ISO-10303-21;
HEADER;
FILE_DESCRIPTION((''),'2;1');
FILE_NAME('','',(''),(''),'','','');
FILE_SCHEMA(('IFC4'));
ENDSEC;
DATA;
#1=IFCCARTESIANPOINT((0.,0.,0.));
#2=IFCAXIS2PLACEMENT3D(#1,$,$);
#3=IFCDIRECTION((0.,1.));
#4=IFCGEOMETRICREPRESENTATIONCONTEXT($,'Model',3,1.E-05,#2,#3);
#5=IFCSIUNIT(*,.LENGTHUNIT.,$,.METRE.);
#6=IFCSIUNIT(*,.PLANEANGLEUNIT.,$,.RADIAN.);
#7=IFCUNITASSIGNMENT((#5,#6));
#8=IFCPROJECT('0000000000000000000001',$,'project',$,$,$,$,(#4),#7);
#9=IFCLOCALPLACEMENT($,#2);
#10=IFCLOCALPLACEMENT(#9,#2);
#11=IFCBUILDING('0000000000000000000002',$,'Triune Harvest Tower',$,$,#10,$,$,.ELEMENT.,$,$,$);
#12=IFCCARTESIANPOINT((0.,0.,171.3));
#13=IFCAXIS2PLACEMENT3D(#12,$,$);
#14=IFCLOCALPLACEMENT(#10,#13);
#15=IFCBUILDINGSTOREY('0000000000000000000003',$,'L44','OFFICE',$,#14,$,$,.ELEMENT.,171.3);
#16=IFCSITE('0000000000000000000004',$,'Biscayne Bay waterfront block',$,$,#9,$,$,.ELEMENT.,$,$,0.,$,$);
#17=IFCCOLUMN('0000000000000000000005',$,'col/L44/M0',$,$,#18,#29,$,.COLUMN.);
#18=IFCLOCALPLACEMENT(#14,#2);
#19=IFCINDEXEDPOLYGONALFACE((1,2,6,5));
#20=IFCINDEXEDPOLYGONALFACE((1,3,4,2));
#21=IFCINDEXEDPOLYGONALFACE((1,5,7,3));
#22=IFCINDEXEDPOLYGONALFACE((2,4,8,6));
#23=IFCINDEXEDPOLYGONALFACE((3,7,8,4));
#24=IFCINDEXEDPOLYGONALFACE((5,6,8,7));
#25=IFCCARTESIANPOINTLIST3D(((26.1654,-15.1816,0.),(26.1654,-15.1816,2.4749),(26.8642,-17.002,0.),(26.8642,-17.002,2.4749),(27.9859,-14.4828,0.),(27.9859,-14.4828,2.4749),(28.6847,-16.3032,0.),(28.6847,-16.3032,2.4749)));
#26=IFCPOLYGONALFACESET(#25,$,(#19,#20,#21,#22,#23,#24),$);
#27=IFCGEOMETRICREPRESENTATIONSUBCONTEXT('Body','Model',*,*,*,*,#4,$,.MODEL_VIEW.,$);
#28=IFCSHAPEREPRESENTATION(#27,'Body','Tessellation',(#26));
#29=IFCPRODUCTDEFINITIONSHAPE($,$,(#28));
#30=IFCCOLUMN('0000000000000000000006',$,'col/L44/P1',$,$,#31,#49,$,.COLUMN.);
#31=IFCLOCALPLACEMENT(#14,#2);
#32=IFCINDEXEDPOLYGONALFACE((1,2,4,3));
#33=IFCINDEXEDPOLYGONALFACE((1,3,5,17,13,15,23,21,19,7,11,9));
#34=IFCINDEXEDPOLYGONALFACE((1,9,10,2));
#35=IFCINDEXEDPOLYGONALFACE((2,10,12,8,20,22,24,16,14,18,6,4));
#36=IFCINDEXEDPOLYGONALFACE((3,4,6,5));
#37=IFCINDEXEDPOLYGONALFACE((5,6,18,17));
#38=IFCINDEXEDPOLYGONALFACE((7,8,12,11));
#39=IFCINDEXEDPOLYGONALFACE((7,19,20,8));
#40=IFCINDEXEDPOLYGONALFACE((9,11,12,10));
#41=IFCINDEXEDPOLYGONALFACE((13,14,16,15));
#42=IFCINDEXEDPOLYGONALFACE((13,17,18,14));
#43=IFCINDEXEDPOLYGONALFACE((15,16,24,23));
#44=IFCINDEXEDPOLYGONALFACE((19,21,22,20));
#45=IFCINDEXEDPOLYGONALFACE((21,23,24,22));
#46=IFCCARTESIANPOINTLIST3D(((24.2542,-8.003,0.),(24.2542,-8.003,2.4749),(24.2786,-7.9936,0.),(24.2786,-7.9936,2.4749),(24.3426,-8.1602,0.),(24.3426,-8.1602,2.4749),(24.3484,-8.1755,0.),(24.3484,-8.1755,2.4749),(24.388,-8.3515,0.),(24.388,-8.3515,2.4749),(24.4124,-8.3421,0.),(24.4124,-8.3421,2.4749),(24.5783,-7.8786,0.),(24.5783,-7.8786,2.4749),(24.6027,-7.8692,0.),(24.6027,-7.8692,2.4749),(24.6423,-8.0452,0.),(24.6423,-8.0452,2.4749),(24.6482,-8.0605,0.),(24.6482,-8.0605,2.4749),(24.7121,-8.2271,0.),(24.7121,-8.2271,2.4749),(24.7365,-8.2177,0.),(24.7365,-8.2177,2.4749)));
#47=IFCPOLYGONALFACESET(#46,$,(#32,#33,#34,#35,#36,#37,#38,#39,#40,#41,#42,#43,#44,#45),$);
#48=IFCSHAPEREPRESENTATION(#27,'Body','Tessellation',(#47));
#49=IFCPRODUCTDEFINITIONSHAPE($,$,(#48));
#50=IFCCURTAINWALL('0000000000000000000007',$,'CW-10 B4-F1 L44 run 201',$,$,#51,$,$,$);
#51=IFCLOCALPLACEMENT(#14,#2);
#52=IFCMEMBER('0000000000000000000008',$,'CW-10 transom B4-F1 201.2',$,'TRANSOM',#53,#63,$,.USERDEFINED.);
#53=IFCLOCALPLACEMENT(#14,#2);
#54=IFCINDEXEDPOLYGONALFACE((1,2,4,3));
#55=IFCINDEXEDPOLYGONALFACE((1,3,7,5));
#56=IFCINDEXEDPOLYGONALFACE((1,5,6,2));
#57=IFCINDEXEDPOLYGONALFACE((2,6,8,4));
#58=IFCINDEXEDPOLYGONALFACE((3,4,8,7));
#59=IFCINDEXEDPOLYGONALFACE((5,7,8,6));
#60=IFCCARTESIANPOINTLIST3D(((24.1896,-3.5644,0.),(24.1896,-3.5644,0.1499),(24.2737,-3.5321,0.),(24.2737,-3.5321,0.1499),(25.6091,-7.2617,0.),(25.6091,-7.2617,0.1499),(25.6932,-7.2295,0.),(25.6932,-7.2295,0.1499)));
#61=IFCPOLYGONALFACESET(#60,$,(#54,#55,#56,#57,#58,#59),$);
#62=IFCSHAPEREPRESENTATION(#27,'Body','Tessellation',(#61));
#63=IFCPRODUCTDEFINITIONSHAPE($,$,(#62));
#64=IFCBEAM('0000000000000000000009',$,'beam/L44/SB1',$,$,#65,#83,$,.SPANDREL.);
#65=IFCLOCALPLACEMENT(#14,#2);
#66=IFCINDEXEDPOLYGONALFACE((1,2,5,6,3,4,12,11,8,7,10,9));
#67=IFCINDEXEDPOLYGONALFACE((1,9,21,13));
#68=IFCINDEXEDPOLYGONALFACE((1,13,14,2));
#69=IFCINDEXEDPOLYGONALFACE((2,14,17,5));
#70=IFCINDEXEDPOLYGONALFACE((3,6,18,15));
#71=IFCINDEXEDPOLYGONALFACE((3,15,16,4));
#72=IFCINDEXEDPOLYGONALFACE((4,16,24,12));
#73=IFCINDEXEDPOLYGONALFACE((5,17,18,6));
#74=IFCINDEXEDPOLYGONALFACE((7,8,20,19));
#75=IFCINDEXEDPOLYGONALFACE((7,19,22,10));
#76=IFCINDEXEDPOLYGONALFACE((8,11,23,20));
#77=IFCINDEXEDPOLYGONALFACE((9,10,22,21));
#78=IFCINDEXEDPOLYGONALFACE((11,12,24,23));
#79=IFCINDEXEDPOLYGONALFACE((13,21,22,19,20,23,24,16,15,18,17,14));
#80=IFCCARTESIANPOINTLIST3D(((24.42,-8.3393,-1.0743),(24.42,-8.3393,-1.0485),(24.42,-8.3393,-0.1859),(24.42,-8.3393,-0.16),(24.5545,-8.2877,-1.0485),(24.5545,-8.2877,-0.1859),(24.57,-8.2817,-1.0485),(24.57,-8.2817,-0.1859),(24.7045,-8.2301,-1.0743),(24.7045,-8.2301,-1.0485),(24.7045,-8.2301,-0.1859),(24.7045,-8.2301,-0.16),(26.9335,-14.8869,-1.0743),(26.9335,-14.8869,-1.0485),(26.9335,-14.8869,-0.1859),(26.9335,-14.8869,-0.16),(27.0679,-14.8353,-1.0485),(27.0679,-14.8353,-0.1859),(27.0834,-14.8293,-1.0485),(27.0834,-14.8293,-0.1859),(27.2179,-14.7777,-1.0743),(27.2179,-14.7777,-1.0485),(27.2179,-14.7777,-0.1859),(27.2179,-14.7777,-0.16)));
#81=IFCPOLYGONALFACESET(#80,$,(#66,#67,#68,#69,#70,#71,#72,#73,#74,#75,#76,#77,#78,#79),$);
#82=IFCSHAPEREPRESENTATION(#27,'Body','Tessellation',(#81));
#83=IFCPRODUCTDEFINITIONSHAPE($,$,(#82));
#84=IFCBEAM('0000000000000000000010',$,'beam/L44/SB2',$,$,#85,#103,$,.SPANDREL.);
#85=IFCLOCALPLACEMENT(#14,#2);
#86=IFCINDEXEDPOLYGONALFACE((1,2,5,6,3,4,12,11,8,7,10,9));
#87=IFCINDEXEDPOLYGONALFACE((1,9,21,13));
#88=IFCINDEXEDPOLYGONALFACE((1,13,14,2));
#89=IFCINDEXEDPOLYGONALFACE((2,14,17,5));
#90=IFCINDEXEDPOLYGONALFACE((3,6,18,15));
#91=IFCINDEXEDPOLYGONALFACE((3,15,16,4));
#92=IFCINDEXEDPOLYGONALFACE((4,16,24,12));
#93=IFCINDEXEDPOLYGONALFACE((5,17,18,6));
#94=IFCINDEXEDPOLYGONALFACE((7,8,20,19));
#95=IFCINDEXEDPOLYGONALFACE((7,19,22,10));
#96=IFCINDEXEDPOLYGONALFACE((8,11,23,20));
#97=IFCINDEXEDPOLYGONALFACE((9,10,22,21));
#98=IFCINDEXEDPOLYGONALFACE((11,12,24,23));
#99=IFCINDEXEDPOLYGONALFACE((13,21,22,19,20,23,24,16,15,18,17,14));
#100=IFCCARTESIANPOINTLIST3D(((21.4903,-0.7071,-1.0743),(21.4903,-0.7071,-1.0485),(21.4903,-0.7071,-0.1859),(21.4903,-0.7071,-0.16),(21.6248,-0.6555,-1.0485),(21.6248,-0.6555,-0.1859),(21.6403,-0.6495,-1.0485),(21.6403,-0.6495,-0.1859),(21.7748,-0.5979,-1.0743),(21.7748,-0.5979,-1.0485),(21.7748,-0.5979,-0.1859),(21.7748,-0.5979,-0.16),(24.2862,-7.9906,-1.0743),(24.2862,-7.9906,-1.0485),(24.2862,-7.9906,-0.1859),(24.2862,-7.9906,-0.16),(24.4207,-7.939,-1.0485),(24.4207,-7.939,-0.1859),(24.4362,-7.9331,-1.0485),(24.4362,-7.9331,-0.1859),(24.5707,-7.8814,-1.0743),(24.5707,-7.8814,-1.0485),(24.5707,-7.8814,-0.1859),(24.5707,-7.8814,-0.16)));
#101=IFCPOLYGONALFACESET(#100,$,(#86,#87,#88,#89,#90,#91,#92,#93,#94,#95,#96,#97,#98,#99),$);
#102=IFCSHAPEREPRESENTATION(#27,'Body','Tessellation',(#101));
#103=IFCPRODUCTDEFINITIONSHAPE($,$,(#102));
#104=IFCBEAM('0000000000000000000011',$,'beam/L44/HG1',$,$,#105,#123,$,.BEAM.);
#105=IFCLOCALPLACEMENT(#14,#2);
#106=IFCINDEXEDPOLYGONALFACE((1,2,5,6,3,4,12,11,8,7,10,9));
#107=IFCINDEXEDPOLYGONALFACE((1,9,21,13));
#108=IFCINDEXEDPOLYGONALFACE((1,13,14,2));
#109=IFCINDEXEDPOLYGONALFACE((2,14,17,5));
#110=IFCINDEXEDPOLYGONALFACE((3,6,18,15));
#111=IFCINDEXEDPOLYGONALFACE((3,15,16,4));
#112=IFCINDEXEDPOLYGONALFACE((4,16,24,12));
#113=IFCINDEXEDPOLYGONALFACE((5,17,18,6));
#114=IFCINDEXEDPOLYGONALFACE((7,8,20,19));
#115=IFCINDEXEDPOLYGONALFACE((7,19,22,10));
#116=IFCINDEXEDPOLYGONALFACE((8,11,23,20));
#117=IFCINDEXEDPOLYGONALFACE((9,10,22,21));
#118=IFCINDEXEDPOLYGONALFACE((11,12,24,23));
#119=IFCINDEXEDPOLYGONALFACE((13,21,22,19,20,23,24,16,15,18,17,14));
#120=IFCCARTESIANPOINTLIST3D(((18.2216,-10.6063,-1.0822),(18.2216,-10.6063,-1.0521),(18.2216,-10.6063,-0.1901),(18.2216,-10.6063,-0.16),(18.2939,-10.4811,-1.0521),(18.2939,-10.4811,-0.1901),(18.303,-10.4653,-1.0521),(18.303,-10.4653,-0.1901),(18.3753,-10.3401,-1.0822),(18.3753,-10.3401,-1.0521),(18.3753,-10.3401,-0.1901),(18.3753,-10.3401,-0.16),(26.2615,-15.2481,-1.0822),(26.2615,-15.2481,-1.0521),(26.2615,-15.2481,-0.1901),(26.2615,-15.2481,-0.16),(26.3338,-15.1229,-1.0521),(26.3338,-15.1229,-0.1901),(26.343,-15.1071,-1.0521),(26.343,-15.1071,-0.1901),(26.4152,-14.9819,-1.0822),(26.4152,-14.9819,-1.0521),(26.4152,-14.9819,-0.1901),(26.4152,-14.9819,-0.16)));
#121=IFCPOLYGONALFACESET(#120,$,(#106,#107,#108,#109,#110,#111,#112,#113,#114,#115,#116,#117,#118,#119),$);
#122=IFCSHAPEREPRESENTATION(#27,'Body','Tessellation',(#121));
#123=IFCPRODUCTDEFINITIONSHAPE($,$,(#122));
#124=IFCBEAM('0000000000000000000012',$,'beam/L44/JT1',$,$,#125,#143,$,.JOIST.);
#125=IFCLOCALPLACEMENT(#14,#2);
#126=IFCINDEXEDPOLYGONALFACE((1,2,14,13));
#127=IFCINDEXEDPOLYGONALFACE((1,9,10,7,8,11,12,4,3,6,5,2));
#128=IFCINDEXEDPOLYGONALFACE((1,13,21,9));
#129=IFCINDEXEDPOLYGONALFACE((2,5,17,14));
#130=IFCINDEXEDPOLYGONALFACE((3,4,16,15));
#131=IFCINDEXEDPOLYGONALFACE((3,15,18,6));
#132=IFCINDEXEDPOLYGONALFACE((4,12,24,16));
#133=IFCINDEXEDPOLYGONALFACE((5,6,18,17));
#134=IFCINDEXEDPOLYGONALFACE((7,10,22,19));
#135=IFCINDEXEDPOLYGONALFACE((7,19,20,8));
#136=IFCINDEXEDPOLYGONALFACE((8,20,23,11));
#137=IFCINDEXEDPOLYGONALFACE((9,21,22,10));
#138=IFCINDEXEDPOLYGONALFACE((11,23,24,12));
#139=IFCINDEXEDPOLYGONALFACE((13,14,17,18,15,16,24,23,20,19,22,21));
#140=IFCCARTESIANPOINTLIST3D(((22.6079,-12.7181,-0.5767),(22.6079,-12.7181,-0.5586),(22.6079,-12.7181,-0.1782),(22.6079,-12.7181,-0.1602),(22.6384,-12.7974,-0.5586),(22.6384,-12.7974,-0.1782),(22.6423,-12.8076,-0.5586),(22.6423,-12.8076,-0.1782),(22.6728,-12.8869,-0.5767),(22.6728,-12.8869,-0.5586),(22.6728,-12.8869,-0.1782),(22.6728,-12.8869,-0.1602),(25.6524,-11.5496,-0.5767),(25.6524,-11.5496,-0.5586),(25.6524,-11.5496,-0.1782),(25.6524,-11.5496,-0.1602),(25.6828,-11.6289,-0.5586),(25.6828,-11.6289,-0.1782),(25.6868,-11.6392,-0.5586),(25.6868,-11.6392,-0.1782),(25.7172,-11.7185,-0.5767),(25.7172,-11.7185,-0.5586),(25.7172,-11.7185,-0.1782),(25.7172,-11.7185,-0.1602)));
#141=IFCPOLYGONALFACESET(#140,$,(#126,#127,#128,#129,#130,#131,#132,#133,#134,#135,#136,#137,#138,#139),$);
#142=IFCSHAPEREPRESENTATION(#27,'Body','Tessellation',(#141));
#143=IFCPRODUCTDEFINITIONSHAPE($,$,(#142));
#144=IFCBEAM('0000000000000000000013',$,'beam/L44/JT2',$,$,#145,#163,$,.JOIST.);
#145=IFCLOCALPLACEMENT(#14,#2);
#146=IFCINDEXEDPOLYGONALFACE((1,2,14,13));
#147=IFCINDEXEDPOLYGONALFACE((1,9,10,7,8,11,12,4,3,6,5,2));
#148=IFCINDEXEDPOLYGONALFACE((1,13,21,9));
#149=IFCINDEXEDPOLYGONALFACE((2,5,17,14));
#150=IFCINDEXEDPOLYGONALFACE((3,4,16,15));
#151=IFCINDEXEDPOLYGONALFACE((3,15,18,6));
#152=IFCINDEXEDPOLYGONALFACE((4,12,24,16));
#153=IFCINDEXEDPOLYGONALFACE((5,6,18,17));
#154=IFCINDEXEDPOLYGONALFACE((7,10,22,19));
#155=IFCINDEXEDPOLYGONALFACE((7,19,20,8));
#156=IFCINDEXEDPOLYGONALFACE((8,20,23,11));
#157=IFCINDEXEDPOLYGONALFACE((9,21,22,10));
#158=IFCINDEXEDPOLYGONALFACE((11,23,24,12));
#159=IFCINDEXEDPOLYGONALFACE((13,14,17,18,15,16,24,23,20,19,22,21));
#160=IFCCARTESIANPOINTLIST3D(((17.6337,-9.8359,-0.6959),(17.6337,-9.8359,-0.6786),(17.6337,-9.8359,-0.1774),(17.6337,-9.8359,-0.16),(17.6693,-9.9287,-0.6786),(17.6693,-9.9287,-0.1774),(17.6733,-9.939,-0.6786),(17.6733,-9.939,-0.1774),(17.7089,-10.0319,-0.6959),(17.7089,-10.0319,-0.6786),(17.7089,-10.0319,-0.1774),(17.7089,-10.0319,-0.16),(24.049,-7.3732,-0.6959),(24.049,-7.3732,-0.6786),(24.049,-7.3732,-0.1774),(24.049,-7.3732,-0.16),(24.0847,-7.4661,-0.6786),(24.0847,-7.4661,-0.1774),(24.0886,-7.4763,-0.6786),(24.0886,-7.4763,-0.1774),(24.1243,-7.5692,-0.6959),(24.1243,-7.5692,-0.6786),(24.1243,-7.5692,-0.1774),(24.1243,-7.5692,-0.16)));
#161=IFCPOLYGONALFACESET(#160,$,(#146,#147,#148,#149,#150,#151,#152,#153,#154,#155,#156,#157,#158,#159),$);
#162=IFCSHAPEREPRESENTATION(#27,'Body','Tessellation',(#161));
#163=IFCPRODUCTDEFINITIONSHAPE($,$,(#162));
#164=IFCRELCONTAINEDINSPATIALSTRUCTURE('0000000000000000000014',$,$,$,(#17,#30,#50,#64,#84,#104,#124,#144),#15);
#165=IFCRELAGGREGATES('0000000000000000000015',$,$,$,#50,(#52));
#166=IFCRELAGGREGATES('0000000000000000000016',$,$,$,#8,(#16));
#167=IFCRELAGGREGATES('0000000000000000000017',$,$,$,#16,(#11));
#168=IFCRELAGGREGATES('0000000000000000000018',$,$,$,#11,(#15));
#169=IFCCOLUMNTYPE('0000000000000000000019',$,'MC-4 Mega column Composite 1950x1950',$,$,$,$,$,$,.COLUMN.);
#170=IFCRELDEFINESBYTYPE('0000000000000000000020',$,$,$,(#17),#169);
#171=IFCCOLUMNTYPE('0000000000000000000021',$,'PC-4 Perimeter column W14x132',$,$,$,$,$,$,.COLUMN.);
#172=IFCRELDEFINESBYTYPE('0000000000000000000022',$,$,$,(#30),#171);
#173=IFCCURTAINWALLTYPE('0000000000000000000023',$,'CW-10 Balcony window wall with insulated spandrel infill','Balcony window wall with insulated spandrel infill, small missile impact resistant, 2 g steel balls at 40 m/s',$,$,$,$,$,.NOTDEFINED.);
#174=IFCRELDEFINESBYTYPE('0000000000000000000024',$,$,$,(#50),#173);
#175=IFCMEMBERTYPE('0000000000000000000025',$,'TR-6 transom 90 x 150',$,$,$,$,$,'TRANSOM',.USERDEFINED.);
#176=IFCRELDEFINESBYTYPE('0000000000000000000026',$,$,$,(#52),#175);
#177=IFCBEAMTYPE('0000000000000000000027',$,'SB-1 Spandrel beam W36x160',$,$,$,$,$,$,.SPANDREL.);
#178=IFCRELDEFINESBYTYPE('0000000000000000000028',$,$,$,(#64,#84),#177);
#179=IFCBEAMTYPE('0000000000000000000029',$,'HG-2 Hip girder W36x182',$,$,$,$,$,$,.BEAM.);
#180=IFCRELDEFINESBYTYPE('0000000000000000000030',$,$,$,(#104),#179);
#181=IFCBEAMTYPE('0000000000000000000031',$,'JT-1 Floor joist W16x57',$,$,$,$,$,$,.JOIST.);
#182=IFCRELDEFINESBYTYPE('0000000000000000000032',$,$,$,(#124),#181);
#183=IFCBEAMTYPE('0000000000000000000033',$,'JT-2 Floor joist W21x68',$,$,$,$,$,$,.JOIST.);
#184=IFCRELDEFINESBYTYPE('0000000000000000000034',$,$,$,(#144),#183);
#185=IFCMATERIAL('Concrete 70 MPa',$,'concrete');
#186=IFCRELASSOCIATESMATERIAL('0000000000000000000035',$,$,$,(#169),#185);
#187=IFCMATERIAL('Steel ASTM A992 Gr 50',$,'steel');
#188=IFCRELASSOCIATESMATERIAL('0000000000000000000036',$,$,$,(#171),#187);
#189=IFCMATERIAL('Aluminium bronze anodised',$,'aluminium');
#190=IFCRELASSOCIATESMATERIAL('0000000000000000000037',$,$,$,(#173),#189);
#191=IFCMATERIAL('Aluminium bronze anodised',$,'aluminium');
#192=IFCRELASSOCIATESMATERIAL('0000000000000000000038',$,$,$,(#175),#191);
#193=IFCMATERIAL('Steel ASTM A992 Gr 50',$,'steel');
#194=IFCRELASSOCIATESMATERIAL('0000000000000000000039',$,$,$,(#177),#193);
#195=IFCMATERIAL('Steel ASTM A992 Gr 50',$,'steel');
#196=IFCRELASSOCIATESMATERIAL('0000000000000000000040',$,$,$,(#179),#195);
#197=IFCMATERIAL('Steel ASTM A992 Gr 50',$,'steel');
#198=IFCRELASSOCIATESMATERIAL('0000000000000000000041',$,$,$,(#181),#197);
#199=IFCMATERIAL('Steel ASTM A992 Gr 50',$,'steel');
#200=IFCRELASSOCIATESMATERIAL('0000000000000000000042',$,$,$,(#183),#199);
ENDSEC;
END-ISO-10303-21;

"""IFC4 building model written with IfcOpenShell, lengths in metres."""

from ifc_helpers import new_model, si_unit, direction, frame, origin, origin_2d, place, context, subcontext, project, spatial, rectangle, i_section, extrude, source, transform, mapped, material, material_profile, profile_set, type_object, element, aggregate, save


model = new_model("IFC4")

# Units and contexts
model_context = context("Model", 3, precision=1e-05, world=origin(), true_north=direction((0.0, 1.0)))
body_context = subcontext(model_context, "Body", "Model", "MODEL_VIEW")
ifc_project = project(units=[si_unit("LENGTHUNIT", "METRE"), si_unit("PLANEANGLEUNIT", "RADIAN")], contexts=[model_context])

# Site, building, storey
site_placement = place(None, origin())
site = spatial("IfcSite", under=ifc_project, at=site_placement, Name="Biscayne Bay waterfront block", CompositionType="ELEMENT", RefElevation=0.0)
building_placement = place(site_placement, origin())
building = spatial("IfcBuilding", under=site, at=building_placement, Name="Triune Harvest Tower", CompositionType="ELEMENT")
storey_placement = place(building_placement, frame((0.0, 0.0, 171.3)))
storey = spatial("IfcBuildingStorey", under=building, at=storey_placement, Name="L44", Description="OFFICE", CompositionType="ELEMENT", Elevation=171.3)

# Columns
ifc_material_1 = material(Name="Concrete 70 MPa", Category="concrete")
ifc_material_profile_1 = material_profile(ifc_material_1, rectangle(XDim=1.95, YDim=1.95, at=origin_2d()), Name="Composite 1950x1950")
ifc_profile_set_1 = profile_set([ifc_material_profile_1], Name="Concrete 70 MPa")
column_type_1 = type_object("IfcColumnType", Name="MC-4 Mega column Composite 1950x1950", PredefinedType="COLUMN", material=ifc_profile_set_1)
shared_shape_1 = source(origin(), body_context, "Body", "SweptSolid", [
    extrude(rectangle(XDim=1.95, YDim=1.95, at=origin_2d()), origin(), (0.0, 0.0, 1.0), 2.4749),
])
column_1_placement = place(storey_placement, frame((27.425, -15.7424, 0.0), z_axis=(0.0, 0.0, 1.0), x_axis=(-0.358368, 0.93358, 0.0)))
element("IfcColumn", 1, at=column_1_placement, inside=storey, type_object=column_type_1, Name="col/L44/M0", PredefinedType="COLUMN", context=body_context, shape_type="MappedRepresentation", body=[
    mapped(shared_shape_1, transform((0.0, 0.0, 0.0), scale=1.0)),
])
ifc_material_2 = material(Name="Steel ASTM A992 Gr 50", Category="steel")
ifc_material_profile_2 = material_profile(ifc_material_2, i_section(OverallWidth=0.3733, OverallDepth=0.3733, WebThickness=0.0164, FlangeThickness=0.0261, at=origin_2d()), Name="W14x132")
ifc_profile_set_2 = profile_set([ifc_material_profile_2], Name="Steel ASTM A992 Gr 50")
column_type_2 = type_object("IfcColumnType", Name="PC-4 Perimeter column W14x132", PredefinedType="COLUMN", material=ifc_profile_set_2)
shared_shape_2 = source(origin(), body_context, "Body", "SweptSolid", [
    extrude(i_section(OverallWidth=0.3733, OverallDepth=0.3733, WebThickness=0.0164, FlangeThickness=0.0261, at=origin_2d()), origin(), (0.0, 0.0, 1.0), 2.4749),
])
column_2_placement = place(storey_placement, frame((24.4954, -8.1104, 0.0), z_axis=(0.0, 0.0, 1.0), x_axis=(-0.358368, 0.93358, 0.0)))
element("IfcColumn", 2, at=column_2_placement, inside=storey, type_object=column_type_2, Name="col/L44/P1", PredefinedType="COLUMN", context=body_context, shape_type="MappedRepresentation", body=[
    mapped(shared_shape_2, transform((0.0, 0.0, 0.0), scale=1.0)),
])

# Curtain wall, member
ifc_material_3 = material(Name="Aluminium bronze anodised", Category="aluminium")
curtain_wall_type_1 = type_object("IfcCurtainWallType", Name="CW-10 Balcony window wall with insulated spandrel infill", Description="Balcony window wall with insulated spandrel infill, small missile impact resistant, 2 g steel balls at 40 m/s", PredefinedType="NOTDEFINED", material=ifc_material_3)
curtain_wall_1_placement = place(storey_placement, origin())
curtain_wall_1 = element("IfcCurtainWall", 3, at=curtain_wall_1_placement, inside=storey, type_object=curtain_wall_type_1, Name="CW-10 B4-F1 L44 run 201")
ifc_material_4 = material(Name="Aluminium bronze anodised", Category="aluminium")
ifc_material_profile_3 = material_profile(ifc_material_4, rectangle(XDim=0.0901, YDim=0.1499, at=origin_2d()), Name="TR-6 transom 90 x 150")
ifc_profile_set_3 = profile_set([ifc_material_profile_3], Name="Aluminium bronze anodised")
member_type_1 = type_object("IfcMemberType", Name="TR-6 transom 90 x 150", ElementType="TRANSOM", PredefinedType="USERDEFINED", material=ifc_profile_set_3)
member_1_placement = place(storey_placement, frame((25.6511, -7.2456, 0.075), z_axis=(-0.358409, 0.933565, 0.0), x_axis=(-0.933565, -0.358409, 0.0)))
member_1 = element("IfcMember", 4, at=member_1_placement, type_object=member_type_1, Name="CW-10 transom B4-F1 201.2", ObjectType="TRANSOM", PredefinedType="USERDEFINED", context=body_context, shape_type="SweptSolid", body=[
    extrude(rectangle(XDim=0.0901, YDim=0.1499, at=origin_2d()), origin(), (0.0, 0.0, 1.0), 3.9604),
])

# Beams
ifc_material_5 = material(Name="Steel ASTM A992 Gr 50", Category="steel")
ifc_material_profile_4 = material_profile(ifc_material_5, i_section(OverallWidth=0.3047, OverallDepth=0.9143, WebThickness=0.0166, FlangeThickness=0.0259, at=origin_2d()), Name="W36x160")
ifc_profile_set_4 = profile_set([ifc_material_profile_4], Name="Steel ASTM A992 Gr 50")
beam_type_1 = type_object("IfcBeamType", Name="SB-1 Spandrel beam W36x160", PredefinedType="SPANDREL", material=ifc_profile_set_4)
shared_shape_3 = source(origin(), body_context, "Body", "SweptSolid", [
    extrude(i_section(OverallWidth=0.3047, OverallDepth=0.9143, WebThickness=0.0166, FlangeThickness=0.0259, at=origin_2d()), origin(), (0.0, 0.0, 1.0), 7.0134),
])
beam_1_placement = place(storey_placement, frame((27.0757, -14.8323, -0.6172), z_axis=(-0.358373, 0.933579, 0.0), x_axis=(-0.933579, -0.358373, 0.0)))
element("IfcBeam", 5, at=beam_1_placement, inside=storey, type_object=beam_type_1, Name="beam/L44/SB1", PredefinedType="SPANDREL", context=body_context, shape_type="MappedRepresentation", body=[
    mapped(shared_shape_3, transform((0.0, 0.0, 0.0), scale=1.0)),
])
shared_shape_4 = source(origin(), body_context, "Body", "SweptSolid", [
    extrude(i_section(OverallWidth=0.3047, OverallDepth=0.9143, WebThickness=0.0166, FlangeThickness=0.0259, at=origin_2d()), origin(), (0.0, 0.0, 1.0), 7.8018),
])
beam_2_placement = place(storey_placement, frame((24.4285, -7.936, -0.6172), z_axis=(-0.358373, 0.933578, 0.0), x_axis=(-0.933578, -0.358373, 0.0)))
element("IfcBeam", 6, at=beam_2_placement, inside=storey, type_object=beam_type_1, Name="beam/L44/SB2", PredefinedType="SPANDREL", context=body_context, shape_type="MappedRepresentation", body=[
    mapped(shared_shape_4, transform((0.0, 0.0, 0.0), scale=1.0)),
])
ifc_material_6 = material(Name="Steel ASTM A992 Gr 50", Category="steel")
ifc_material_profile_5 = material_profile(ifc_material_6, i_section(OverallWidth=0.3074, OverallDepth=0.9221, WebThickness=0.0183, FlangeThickness=0.03, at=origin_2d()), Name="W36x182")
ifc_profile_set_5 = profile_set([ifc_material_profile_5], Name="Steel ASTM A992 Gr 50")
beam_type_2 = type_object("IfcBeamType", Name="HG-2 Hip girder W36x182", PredefinedType="BEAM", material=ifc_profile_set_5)
shared_shape_5 = source(origin(), body_context, "Body", "SweptSolid", [
    extrude(i_section(OverallWidth=0.3074, OverallDepth=0.9221, WebThickness=0.0183, FlangeThickness=0.03, at=origin_2d()), origin(), (0.0, 0.0, 1.0), 9.2837),
])
beam_3_placement = place(storey_placement, frame((26.3384, -15.115, -0.6211), z_axis=(-0.866029, 0.499994, 0.0), x_axis=(-0.499994, -0.866029, 0.0)))
element("IfcBeam", 7, at=beam_3_placement, inside=storey, type_object=beam_type_2, Name="beam/L44/HG1", PredefinedType="BEAM", context=body_context, shape_type="MappedRepresentation", body=[
    mapped(shared_shape_5, transform((0.0, 0.0, 0.0), scale=1.0)),
])
ifc_material_7 = material(Name="Steel ASTM A992 Gr 50", Category="steel")
ifc_material_profile_6 = material_profile(ifc_material_7, i_section(OverallWidth=0.1809, OverallDepth=0.4165, WebThickness=0.011, FlangeThickness=0.0181, at=origin_2d()), Name="W16x57")
ifc_profile_set_6 = profile_set([ifc_material_profile_6], Name="Steel ASTM A992 Gr 50")
beam_type_3 = type_object("IfcBeamType", Name="JT-1 Floor joist W16x57", PredefinedType="JOIST", material=ifc_profile_set_6)
shared_shape_6 = source(origin(), body_context, "Body", "SweptSolid", [
    extrude(i_section(OverallWidth=0.1809, OverallDepth=0.4165, WebThickness=0.011, FlangeThickness=0.0181, at=origin_2d()), origin(), (0.0, 0.0, 1.0), 3.261),
])
beam_4_placement = place(storey_placement, frame((25.6848, -11.634, -0.3684), z_axis=(-0.9336, -0.358317, 0.0), x_axis=(0.358317, -0.9336, 0.0)))
element("IfcBeam", 8, at=beam_4_placement, inside=storey, type_object=beam_type_3, Name="beam/L44/JT1", PredefinedType="JOIST", context=body_context, shape_type="MappedRepresentation", body=[
    mapped(shared_shape_6, transform((0.0, 0.0, 0.0), scale=1.0)),
])
ifc_material_8 = material(Name="Steel ASTM A992 Gr 50", Category="steel")
ifc_material_profile_7 = material_profile(ifc_material_8, i_section(OverallWidth=0.21, OverallDepth=0.5359, WebThickness=0.011, FlangeThickness=0.0173, at=origin_2d()), Name="W21x68")
ifc_profile_set_7 = profile_set([ifc_material_profile_7], Name="Steel ASTM A992 Gr 50")
beam_type_4 = type_object("IfcBeamType", Name="JT-2 Floor joist W21x68", PredefinedType="JOIST", material=ifc_profile_set_7)
shared_shape_7 = source(origin(), body_context, "Body", "SweptSolid", [
    extrude(i_section(OverallWidth=0.21, OverallDepth=0.5359, WebThickness=0.011, FlangeThickness=0.0173, at=origin_2d()), origin(), (0.0, 0.0, 1.0), 6.8718),
])
beam_5_placement = place(storey_placement, frame((24.0867, -7.4712, -0.428), z_axis=(-0.933578, -0.358374, 0.0), x_axis=(0.358374, -0.933578, 0.0)))
element("IfcBeam", 9, at=beam_5_placement, inside=storey, type_object=beam_type_4, Name="beam/L44/JT2", PredefinedType="JOIST", context=body_context, shape_type="MappedRepresentation", body=[
    mapped(shared_shape_7, transform((0.0, 0.0, 0.0), scale=1.0)),
])

aggregate(curtain_wall_1, [member_1])

save(model, "model.ifc")
